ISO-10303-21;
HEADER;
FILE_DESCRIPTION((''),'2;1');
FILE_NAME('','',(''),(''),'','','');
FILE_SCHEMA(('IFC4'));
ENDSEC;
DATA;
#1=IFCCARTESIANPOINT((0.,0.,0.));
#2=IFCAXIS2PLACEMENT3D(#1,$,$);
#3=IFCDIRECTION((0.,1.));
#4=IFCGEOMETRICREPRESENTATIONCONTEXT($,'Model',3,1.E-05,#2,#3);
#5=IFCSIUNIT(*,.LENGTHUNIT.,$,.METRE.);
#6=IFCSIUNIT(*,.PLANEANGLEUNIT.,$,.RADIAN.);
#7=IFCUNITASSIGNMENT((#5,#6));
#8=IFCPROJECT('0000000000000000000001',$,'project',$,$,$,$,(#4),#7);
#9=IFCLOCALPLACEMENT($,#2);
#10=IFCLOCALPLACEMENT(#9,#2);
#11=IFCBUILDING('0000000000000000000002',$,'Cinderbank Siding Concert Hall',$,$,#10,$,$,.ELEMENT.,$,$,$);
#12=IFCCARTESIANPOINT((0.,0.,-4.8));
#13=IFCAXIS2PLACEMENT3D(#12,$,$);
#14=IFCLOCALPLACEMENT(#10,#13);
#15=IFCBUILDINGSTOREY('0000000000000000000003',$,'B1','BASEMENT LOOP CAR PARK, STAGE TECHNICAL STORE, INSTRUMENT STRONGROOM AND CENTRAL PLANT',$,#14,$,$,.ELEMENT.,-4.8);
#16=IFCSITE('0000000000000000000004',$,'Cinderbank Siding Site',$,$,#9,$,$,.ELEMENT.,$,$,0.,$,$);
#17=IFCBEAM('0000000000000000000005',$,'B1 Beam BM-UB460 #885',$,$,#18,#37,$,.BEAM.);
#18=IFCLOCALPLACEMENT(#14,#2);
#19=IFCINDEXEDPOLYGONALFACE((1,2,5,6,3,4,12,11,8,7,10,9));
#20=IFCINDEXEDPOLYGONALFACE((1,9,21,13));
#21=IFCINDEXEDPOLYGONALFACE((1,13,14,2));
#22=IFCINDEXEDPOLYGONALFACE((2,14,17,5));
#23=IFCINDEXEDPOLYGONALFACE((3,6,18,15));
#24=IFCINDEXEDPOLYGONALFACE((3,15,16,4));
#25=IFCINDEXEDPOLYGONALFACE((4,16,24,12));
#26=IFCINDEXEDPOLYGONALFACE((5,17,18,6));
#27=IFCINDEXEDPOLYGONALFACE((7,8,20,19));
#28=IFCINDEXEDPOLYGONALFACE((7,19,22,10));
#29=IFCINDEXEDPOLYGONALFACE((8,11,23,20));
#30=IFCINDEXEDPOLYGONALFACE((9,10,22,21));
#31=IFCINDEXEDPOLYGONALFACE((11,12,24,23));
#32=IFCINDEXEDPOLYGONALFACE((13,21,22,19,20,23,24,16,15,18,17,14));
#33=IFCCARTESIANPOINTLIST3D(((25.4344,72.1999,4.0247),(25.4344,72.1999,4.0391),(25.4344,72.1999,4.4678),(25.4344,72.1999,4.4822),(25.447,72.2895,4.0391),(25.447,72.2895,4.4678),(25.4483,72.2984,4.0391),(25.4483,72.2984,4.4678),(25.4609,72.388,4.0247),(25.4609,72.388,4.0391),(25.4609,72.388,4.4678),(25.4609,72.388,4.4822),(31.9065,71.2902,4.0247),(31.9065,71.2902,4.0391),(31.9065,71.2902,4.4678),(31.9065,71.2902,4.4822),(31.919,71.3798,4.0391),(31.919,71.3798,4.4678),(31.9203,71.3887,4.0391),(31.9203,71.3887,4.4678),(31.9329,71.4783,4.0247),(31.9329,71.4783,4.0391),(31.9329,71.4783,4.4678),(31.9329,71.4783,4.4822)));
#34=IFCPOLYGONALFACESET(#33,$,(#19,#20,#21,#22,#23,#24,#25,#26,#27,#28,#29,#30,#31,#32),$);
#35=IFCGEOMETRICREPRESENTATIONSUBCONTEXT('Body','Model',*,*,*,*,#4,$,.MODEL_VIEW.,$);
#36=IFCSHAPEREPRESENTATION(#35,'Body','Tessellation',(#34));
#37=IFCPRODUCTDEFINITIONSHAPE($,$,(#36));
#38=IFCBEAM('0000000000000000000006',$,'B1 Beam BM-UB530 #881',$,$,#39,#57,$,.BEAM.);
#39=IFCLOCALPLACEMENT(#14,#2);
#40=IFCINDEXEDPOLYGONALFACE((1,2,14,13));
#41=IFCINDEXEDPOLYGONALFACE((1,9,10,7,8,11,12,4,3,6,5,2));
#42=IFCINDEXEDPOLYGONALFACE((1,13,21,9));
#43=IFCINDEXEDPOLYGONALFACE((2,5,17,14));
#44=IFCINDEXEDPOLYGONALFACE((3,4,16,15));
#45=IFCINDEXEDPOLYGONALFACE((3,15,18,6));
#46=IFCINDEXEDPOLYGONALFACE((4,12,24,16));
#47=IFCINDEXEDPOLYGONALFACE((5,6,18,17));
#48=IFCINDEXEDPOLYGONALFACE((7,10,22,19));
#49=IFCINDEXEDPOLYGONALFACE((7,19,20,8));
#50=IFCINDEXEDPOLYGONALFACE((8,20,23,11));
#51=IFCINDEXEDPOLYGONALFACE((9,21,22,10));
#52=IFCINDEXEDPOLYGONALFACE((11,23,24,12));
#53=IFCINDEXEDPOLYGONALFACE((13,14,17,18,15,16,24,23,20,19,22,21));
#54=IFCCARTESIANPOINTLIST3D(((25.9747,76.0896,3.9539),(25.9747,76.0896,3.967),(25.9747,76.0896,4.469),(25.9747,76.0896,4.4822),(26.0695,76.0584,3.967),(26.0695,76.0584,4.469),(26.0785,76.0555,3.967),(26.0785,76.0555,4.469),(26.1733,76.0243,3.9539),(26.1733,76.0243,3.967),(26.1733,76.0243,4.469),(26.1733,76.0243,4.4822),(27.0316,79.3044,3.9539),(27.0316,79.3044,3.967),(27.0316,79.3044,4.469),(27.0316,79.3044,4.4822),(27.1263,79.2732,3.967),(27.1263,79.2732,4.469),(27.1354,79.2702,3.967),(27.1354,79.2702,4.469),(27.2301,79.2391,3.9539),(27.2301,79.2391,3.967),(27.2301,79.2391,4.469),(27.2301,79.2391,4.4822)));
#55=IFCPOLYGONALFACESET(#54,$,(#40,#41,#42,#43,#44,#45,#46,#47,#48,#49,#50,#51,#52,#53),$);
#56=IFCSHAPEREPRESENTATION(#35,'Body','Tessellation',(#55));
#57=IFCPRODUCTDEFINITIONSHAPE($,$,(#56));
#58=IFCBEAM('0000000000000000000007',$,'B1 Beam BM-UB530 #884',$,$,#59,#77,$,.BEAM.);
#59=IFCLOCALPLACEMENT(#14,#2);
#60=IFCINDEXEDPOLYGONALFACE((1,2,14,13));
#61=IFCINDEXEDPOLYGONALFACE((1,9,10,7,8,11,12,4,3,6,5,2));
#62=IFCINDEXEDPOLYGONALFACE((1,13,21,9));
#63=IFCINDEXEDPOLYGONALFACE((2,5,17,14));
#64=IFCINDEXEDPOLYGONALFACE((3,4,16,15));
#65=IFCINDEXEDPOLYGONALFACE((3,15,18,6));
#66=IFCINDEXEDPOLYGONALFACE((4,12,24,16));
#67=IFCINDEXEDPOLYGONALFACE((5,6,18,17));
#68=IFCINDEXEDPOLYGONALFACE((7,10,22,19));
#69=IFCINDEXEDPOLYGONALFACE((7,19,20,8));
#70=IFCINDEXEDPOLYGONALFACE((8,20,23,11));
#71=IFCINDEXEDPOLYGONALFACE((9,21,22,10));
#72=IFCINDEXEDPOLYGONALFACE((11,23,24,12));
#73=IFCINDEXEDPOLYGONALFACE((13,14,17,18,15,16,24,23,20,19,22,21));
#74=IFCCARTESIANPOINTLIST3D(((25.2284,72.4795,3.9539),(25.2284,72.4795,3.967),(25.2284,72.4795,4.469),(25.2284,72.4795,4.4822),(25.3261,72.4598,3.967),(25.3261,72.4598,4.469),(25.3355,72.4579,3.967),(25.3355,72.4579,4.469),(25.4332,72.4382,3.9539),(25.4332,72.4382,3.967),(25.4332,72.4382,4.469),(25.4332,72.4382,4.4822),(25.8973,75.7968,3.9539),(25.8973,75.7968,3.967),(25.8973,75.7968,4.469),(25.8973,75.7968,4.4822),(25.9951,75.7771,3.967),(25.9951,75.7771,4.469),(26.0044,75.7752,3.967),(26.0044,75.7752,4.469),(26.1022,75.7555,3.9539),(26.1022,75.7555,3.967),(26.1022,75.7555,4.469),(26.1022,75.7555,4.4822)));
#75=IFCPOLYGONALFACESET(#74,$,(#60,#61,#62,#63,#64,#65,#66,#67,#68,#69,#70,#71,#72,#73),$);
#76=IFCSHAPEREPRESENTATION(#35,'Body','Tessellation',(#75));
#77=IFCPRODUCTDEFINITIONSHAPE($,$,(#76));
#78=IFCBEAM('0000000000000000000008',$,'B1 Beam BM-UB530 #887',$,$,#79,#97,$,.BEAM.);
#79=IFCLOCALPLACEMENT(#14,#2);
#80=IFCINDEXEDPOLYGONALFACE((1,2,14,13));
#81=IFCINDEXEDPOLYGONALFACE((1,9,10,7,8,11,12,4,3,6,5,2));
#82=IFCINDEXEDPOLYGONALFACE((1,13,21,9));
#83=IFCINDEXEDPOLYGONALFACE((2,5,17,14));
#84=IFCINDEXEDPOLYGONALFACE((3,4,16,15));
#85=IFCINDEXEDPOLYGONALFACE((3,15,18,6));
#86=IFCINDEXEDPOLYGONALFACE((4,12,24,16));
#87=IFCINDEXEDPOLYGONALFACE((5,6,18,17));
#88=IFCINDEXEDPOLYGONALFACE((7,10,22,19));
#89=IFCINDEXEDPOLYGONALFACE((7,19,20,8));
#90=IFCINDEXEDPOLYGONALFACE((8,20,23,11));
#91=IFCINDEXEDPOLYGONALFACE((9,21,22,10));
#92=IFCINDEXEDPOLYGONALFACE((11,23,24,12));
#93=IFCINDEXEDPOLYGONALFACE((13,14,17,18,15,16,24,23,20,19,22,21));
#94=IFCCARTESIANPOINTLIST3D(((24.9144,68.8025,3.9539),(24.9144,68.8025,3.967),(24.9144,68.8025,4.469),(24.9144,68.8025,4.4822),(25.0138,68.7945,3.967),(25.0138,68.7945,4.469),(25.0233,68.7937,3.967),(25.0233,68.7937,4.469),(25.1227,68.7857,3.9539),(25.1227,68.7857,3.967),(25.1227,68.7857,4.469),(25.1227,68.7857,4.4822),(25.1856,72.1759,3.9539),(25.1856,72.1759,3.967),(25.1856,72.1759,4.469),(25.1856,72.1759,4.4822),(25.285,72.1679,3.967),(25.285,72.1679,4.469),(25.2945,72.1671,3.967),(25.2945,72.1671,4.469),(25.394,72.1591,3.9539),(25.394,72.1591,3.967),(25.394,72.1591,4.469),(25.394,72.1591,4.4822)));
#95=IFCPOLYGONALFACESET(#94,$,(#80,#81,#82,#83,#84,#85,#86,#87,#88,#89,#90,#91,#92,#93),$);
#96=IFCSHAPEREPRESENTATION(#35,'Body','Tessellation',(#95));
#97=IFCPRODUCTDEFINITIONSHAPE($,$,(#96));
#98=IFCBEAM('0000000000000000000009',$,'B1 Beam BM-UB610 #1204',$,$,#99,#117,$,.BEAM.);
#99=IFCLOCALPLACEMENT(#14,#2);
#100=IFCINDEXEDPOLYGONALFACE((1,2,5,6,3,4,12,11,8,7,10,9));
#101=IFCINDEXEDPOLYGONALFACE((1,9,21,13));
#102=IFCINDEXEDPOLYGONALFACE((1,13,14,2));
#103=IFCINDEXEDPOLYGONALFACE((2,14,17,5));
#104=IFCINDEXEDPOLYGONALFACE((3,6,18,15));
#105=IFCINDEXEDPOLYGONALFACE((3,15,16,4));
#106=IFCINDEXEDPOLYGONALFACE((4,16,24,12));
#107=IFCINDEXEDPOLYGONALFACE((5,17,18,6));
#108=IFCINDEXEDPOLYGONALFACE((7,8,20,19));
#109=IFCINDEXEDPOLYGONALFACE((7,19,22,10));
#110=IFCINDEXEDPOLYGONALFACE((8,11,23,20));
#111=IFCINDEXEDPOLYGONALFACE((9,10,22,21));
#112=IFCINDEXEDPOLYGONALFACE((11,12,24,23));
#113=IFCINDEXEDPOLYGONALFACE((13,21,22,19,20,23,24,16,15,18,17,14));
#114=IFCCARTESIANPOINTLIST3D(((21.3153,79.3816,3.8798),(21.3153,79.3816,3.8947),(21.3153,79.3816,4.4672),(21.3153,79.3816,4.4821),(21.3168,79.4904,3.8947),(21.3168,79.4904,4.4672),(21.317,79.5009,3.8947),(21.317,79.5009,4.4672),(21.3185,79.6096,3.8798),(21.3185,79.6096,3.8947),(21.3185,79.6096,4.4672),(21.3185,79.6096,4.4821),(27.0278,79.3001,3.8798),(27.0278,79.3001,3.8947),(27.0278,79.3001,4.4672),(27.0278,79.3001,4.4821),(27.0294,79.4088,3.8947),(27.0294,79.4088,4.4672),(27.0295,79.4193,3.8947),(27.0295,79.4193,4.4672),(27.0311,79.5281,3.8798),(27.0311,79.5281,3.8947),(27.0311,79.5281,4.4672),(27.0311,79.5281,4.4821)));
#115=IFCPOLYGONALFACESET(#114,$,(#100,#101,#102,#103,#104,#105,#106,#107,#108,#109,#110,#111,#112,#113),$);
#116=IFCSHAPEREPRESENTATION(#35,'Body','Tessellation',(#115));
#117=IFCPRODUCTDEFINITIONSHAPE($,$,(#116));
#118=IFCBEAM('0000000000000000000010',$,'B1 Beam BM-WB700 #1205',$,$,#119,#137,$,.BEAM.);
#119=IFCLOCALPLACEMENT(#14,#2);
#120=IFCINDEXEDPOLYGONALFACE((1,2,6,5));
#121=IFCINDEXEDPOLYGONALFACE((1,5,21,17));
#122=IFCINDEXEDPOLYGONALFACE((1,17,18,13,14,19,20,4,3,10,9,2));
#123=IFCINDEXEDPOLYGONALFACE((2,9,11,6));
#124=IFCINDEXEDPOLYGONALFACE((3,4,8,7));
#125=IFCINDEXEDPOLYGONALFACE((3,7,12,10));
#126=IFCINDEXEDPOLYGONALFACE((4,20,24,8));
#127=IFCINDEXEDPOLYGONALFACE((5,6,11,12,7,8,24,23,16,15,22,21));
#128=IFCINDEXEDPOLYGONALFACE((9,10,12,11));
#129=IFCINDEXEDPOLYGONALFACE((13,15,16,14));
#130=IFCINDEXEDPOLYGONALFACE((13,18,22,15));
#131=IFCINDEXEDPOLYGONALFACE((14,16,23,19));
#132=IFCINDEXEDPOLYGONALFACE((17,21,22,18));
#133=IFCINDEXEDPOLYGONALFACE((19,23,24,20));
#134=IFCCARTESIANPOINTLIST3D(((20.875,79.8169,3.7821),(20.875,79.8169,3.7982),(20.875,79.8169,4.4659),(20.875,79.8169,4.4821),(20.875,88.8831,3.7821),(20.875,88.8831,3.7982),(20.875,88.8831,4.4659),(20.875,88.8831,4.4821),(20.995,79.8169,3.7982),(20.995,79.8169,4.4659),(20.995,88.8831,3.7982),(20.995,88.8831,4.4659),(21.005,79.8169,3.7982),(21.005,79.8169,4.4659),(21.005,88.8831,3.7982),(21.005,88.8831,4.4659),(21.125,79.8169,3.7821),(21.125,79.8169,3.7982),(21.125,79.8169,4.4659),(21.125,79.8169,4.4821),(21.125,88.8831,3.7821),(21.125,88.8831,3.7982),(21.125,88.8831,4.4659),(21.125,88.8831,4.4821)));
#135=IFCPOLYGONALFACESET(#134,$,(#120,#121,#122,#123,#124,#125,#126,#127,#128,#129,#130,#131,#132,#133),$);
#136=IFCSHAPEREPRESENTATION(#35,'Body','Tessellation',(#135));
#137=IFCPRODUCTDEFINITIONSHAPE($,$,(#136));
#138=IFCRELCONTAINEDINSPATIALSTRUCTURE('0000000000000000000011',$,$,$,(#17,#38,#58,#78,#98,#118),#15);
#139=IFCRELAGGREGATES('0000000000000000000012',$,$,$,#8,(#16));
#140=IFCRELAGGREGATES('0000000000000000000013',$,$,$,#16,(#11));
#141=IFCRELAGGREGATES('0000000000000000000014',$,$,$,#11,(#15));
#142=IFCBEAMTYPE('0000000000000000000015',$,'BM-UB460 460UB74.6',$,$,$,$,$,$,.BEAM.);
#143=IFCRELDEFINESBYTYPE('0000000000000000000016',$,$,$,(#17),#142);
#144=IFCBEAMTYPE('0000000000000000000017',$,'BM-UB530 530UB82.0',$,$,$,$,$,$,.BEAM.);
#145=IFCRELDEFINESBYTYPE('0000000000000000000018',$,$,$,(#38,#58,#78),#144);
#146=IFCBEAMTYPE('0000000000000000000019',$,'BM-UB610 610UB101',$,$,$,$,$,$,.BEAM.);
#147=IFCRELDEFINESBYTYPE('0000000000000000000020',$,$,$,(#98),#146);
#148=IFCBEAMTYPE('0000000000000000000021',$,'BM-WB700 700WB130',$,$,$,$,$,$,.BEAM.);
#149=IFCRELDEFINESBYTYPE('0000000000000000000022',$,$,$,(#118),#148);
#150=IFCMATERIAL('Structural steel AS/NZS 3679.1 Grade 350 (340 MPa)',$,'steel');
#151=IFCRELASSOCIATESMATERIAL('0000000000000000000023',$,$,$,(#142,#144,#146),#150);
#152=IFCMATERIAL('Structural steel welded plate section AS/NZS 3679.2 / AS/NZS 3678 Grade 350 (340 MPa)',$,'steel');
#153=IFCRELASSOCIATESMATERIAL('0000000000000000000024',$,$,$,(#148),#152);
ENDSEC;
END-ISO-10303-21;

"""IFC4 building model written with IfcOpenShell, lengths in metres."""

from ifc_helpers import new_model, si_unit, direction, frame, origin, origin_2d, place, context, subcontext, project, spatial, i_section, extrude, material, material_profile, profile_set, type_object, element, save


model = new_model("IFC4")

# Units and contexts
model_context = context("Model", 3, precision=1e-05, world=origin(), true_north=direction((0.0, 1.0)))
body_context = subcontext(model_context, "Body", "Model", "MODEL_VIEW")
ifc_project = project(units=[si_unit("LENGTHUNIT", "METRE"), si_unit("PLANEANGLEUNIT", "RADIAN")], contexts=[model_context])

# Site, building, storey
site_placement = place(None, origin())
site = spatial("IfcSite", under=ifc_project, at=site_placement, Name="Cinderbank Siding Site", CompositionType="ELEMENT", RefElevation=0.0)
building_placement = place(site_placement, origin())
building = spatial("IfcBuilding", under=site, at=building_placement, Name="Cinderbank Siding Concert Hall", CompositionType="ELEMENT")
storey_placement = place(building_placement, frame((0.0, 0.0, -4.8)))
storey = spatial("IfcBuildingStorey", under=building, at=storey_placement, Name="B1", Description="BASEMENT LOOP CAR PARK, STAGE TECHNICAL STORE, INSTRUMENT STRONGROOM AND CENTRAL PLANT", CompositionType="ELEMENT", Elevation=-4.8)

# Shared definitions
ifc_material_1 = material(Name="Structural steel AS/NZS 3679.1 Grade 350 (340 MPa)", Category="steel")

# Beams
ifc_material_profile_1 = material_profile(ifc_material_1, i_section(OverallWidth=0.1899, OverallDepth=0.4575, WebThickness=0.009, FlangeThickness=0.0144, at=origin_2d()), Name="460UB74.6", Category="LoadBearing")
ifc_profile_set_1 = profile_set([ifc_material_profile_1], Name="Structural steel AS/NZS 3679.1 Grade 350 (340 MPa)")
beam_type_1 = type_object("IfcBeamType", Name="BM-UB460 460UB74.6", PredefinedType="BEAM", material=ifc_profile_set_1)
beam_1_placement = place(storey_placement, frame((31.9197, 71.3843, 4.2534), z_axis=(-0.990266, 0.139188, 0.0), x_axis=(-0.139188, -0.990266, 0.0)))
element("IfcBeam", 1, at=beam_1_placement, inside=storey, type_object=beam_type_1, Name="B1 Beam BM-UB460 #885", PredefinedType="BEAM", context=body_context, shape_type="SweptSolid", body=[
    extrude(i_section(OverallWidth=0.1899, OverallDepth=0.4575, WebThickness=0.009, FlangeThickness=0.0144, at=origin_2d()), origin(), (0.0, 0.0, 1.0), 6.5356),
])
ifc_material_profile_2 = material_profile(ifc_material_1, i_section(OverallWidth=0.209, OverallDepth=0.5283, WebThickness=0.0095, FlangeThickness=0.0132, at=origin_2d()), Name="530UB82.0", Category="LoadBearing")
ifc_profile_set_2 = profile_set([ifc_material_profile_2], Name="Structural steel AS/NZS 3679.1 Grade 350 (340 MPa)")
beam_type_2 = type_object("IfcBeamType", Name="BM-UB530 530UB82.0", PredefinedType="BEAM", material=ifc_profile_set_2)
for number, where, z_axis, x_axis, name in (
    (2, (27.1309, 79.2717, 4.218), (-0.312308, -0.949981, 0.0), (0.949981, -0.312308, 0.0), "B1 Beam BM-UB530 #881"),
    (3, (25.9998, 75.7761, 4.218), (-0.197684, -0.980266, 0.0), (0.980266, -0.197684, 0.0), "B1 Beam BM-UB530 #884"),
):
    element("IfcBeam", number, at=place(storey_placement, frame(where, z_axis=z_axis, x_axis=x_axis)), inside=storey, type_object=beam_type_2, Name=name, PredefinedType="BEAM", context=body_context, shape_type="SweptSolid", body=[
        extrude(i_section(OverallWidth=0.209, OverallDepth=0.5283, WebThickness=0.0095, FlangeThickness=0.0132, at=origin_2d()), origin(), (0.0, 0.0, 1.0), 3.384),
    ])
beam_2_placement = place(storey_placement, frame((25.2898, 72.1675, 4.218), z_axis=(-0.08015, -0.996783, 0.0), x_axis=(0.996783, -0.08015, 0.0)))
element("IfcBeam", 4, at=beam_2_placement, inside=storey, type_object=beam_type_2, Name="B1 Beam BM-UB530 #887", PredefinedType="BEAM", context=body_context, shape_type="SweptSolid", body=[
    extrude(i_section(OverallWidth=0.209, OverallDepth=0.5283, WebThickness=0.0095, FlangeThickness=0.0132, at=origin_2d()), origin(), (0.0, 0.0, 1.0), 3.3843),
])
ifc_material_profile_3 = material_profile(ifc_material_1, i_section(OverallWidth=0.228, OverallDepth=0.6023, WebThickness=0.0105, FlangeThickness=0.0149, at=origin_2d()), Name="610UB101", Category="LoadBearing")
ifc_profile_set_3 = profile_set([ifc_material_profile_3], Name="Structural steel AS/NZS 3679.1 Grade 350 (340 MPa)")
beam_type_3 = type_object("IfcBeamType", Name="BM-UB610 610UB101", PredefinedType="BEAM", material=ifc_profile_set_3)
beam_3_placement = place(storey_placement, frame((21.3169, 79.4956, 4.1809), z_axis=(0.999898, -0.014273, 0.0), x_axis=(0.014273, 0.999898, 0.0)))
element("IfcBeam", 5, at=beam_3_placement, inside=storey, type_object=beam_type_3, Name="B1 Beam BM-UB610 #1204", PredefinedType="BEAM", context=body_context, shape_type="SweptSolid", body=[
    extrude(i_section(OverallWidth=0.228, OverallDepth=0.6023, WebThickness=0.0105, FlangeThickness=0.0149, at=origin_2d()), origin(), (0.0, 0.0, 1.0), 5.7131),
])
ifc_material_2 = material(Name="Structural steel welded plate section AS/NZS 3679.2 / AS/NZS 3678 Grade 350 (340 MPa)", Category="steel")
ifc_material_profile_4 = material_profile(ifc_material_2, i_section(OverallWidth=0.25, OverallDepth=0.7, WebThickness=0.01, FlangeThickness=0.0161, at=origin_2d()), Name="700WB130", Category="LoadBearing")
ifc_profile_set_4 = profile_set([ifc_material_profile_4], Name="Structural steel welded plate section AS/NZS 3679.2 / AS/NZS 3678 Grade 350 (340 MPa)")
beam_type_4 = type_object("IfcBeamType", Name="BM-WB700 700WB130", PredefinedType="BEAM", material=ifc_profile_set_4)
beam_4_placement = place(storey_placement, frame((21.0, 79.8169, 4.1321), z_axis=(0.0, 1.0, 0.0), x_axis=(-1.0, 0.0, 0.0)))
element("IfcBeam", 6, at=beam_4_placement, inside=storey, type_object=beam_type_4, Name="B1 Beam BM-WB700 #1205", PredefinedType="BEAM", context=body_context, shape_type="SweptSolid", body=[
    extrude(i_section(OverallWidth=0.25, OverallDepth=0.7, WebThickness=0.01, FlangeThickness=0.0161, at=origin_2d()), origin(), (0.0, 0.0, 1.0), 9.0662),
])

save(model, "model.ifc")
